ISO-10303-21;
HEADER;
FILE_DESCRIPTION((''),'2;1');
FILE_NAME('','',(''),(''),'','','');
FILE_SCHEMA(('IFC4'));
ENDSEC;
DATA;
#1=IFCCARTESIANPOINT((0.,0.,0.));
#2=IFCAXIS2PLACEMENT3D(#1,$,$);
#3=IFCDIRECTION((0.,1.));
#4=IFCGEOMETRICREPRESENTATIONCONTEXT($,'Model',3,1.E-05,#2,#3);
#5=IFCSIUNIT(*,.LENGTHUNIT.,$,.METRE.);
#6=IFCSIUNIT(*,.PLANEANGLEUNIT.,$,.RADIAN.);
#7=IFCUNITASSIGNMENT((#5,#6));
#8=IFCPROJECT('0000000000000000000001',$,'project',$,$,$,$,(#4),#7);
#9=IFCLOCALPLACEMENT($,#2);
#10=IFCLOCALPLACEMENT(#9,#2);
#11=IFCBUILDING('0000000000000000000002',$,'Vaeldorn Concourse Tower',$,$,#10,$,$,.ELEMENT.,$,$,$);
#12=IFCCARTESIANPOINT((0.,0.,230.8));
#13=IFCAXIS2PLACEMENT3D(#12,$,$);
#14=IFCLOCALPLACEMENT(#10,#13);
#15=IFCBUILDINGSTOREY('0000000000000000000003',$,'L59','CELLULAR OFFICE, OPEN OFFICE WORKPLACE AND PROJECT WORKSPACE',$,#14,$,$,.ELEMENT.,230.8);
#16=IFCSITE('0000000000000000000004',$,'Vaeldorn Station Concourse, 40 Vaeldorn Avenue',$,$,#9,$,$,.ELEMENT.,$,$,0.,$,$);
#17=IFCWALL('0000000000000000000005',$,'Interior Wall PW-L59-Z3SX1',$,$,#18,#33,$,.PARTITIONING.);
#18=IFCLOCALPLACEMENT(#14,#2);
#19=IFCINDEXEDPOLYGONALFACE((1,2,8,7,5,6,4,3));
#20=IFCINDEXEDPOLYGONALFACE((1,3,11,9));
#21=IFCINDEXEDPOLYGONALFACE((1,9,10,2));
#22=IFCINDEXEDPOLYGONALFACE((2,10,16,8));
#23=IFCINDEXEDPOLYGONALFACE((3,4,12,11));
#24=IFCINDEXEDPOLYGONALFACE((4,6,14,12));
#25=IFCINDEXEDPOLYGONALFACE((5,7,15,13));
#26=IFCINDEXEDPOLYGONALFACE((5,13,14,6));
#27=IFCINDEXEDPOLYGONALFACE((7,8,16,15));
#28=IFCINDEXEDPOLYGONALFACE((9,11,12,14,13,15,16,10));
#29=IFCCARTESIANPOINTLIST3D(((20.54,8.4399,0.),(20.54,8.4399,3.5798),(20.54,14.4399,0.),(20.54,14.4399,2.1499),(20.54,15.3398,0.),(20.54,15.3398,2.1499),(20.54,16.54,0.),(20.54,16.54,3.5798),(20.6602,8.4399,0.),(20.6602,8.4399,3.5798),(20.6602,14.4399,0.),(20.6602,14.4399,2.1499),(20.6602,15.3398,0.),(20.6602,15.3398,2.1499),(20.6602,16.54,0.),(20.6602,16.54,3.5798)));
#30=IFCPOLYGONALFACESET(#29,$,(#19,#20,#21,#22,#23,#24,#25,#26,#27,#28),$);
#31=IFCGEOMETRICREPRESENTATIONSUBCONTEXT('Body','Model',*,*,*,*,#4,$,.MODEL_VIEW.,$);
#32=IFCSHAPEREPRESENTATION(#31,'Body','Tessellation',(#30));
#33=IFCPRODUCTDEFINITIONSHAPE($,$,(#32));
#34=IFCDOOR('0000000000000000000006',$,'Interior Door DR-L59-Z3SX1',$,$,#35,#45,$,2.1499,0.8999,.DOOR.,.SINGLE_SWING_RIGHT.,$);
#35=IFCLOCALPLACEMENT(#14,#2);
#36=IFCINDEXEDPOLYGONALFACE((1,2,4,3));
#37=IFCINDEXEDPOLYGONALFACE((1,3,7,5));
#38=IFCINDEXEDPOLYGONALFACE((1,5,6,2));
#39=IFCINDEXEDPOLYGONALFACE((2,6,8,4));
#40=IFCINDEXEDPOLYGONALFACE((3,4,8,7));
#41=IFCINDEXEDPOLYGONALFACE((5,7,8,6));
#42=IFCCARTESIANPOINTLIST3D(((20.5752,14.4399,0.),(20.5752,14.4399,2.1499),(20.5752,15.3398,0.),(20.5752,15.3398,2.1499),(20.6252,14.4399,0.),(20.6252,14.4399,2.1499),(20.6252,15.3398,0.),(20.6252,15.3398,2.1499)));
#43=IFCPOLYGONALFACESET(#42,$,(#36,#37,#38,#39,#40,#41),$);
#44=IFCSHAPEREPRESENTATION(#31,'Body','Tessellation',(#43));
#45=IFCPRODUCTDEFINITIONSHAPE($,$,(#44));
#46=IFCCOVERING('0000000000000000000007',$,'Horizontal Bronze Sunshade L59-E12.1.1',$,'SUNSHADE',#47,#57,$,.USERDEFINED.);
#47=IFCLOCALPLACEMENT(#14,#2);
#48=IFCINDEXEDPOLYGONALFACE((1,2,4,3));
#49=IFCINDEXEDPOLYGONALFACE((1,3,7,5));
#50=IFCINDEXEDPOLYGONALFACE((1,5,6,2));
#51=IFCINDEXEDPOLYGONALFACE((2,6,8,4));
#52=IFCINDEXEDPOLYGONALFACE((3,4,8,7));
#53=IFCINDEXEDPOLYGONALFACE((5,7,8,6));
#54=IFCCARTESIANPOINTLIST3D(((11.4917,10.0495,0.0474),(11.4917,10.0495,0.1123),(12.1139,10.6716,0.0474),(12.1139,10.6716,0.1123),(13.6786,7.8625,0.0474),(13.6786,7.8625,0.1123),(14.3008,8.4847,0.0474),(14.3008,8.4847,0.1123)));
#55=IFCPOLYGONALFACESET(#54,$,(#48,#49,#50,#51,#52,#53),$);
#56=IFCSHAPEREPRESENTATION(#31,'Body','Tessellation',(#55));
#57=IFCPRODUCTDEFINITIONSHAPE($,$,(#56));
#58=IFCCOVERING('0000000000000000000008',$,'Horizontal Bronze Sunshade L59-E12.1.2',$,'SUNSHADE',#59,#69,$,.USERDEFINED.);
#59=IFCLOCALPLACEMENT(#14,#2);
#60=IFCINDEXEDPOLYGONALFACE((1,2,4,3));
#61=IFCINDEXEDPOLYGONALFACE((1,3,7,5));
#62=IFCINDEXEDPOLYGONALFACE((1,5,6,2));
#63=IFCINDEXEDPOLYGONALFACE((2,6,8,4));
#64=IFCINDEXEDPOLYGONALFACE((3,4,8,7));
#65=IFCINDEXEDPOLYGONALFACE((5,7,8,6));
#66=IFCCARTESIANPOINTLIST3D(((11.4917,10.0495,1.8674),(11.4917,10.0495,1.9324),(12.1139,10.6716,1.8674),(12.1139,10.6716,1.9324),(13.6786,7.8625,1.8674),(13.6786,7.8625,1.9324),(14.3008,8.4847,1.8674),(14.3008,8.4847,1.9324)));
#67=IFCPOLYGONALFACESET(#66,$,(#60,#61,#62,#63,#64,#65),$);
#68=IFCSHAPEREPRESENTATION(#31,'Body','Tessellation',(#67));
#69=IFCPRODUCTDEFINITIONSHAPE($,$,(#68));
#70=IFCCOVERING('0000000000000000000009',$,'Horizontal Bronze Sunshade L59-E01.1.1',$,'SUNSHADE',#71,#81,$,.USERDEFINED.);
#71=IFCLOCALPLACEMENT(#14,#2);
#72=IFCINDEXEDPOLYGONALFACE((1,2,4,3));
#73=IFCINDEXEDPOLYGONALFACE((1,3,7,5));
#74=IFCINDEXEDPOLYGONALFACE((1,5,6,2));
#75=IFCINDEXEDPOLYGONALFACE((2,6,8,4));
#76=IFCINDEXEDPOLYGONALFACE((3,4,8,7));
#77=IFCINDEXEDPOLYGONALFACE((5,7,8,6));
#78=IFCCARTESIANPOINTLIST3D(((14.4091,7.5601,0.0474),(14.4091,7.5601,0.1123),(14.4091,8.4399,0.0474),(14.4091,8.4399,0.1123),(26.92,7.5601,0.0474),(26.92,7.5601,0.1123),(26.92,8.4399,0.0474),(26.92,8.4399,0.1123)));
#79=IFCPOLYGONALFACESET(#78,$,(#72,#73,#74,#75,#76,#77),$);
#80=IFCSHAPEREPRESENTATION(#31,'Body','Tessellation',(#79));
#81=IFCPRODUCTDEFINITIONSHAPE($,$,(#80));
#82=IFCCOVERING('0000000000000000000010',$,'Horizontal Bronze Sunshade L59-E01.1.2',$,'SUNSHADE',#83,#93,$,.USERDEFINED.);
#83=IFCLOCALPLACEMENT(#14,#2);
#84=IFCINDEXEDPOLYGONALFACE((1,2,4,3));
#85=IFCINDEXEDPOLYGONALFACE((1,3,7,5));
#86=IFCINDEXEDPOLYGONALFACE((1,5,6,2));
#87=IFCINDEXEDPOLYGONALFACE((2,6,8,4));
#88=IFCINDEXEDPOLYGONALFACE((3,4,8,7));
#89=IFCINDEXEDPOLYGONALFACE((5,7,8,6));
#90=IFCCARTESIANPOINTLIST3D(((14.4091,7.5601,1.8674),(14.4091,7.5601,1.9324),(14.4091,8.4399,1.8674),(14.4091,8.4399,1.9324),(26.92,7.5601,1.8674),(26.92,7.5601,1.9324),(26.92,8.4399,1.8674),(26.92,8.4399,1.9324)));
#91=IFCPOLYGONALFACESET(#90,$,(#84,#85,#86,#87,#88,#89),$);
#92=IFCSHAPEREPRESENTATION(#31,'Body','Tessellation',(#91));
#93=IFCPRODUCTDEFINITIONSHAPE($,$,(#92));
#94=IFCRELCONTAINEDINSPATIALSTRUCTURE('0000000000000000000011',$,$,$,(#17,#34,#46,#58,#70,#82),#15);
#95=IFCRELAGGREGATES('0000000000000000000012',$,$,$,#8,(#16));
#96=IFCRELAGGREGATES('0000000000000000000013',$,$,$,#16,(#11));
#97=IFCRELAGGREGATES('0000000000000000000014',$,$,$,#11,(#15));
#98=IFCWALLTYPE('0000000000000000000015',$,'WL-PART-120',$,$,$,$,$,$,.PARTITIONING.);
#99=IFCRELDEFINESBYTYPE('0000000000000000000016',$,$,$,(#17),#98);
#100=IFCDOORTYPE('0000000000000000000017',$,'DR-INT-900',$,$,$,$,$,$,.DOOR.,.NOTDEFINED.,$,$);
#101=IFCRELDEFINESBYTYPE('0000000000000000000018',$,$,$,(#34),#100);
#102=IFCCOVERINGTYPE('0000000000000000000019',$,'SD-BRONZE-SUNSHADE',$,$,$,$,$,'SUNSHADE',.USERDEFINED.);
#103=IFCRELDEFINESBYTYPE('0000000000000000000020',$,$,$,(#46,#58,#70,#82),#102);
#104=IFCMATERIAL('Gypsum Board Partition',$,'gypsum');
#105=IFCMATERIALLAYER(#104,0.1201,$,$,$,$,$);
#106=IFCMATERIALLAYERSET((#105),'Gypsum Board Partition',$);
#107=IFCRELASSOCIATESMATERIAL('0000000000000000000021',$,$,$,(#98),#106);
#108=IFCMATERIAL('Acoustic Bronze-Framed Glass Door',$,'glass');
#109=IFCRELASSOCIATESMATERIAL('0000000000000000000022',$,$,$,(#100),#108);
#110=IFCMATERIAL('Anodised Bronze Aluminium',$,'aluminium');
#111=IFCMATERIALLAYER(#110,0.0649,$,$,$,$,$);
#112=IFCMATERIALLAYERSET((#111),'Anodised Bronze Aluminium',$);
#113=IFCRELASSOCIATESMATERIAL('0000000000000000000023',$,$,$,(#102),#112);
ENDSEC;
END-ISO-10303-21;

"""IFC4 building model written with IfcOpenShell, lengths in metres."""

from ifc_helpers import new_model, si_unit, direction, frame, frame_2d, origin, origin_2d, place, context, subcontext, project, spatial, rectangle, extrude, source, transform, mapped, material, layer, layer_set, type_object, element, fill, save


model = new_model("IFC4")

# Units and contexts
model_context = context("Model", 3, precision=1e-05, world=origin(), true_north=direction((0.0, 1.0)))
body_context = subcontext(model_context, "Body", "Model", "MODEL_VIEW")
ifc_project = project(units=[si_unit("LENGTHUNIT", "METRE"), si_unit("PLANEANGLEUNIT", "RADIAN")], contexts=[model_context])

# Site, building, storey
site_placement = place(None, origin())
site = spatial("IfcSite", under=ifc_project, at=site_placement, Name="Vaeldorn Station Concourse, 40 Vaeldorn Avenue", CompositionType="ELEMENT", RefElevation=0.0)
building_placement = place(site_placement, origin())
building = spatial("IfcBuilding", under=site, at=building_placement, Name="Vaeldorn Concourse Tower", CompositionType="ELEMENT")
storey_placement = place(building_placement, frame((0.0, 0.0, 230.8)))
storey = spatial("IfcBuildingStorey", under=building, at=storey_placement, Name="L59", Description="CELLULAR OFFICE, OPEN OFFICE WORKPLACE AND PROJECT WORKSPACE", CompositionType="ELEMENT", Elevation=230.8)

# Shared definitions
ifc_material_1 = material(Name="Anodised Bronze Aluminium", Category="aluminium")

# Wall, opening, door
ifc_material_2 = material(Name="Gypsum Board Partition", Category="gypsum")
ifc_layer_1 = layer(ifc_material_2, 0.1201)
ifc_layer_set_1 = layer_set([ifc_layer_1], Name="Gypsum Board Partition")
wall_type = type_object("IfcWallType", Name="WL-PART-120", PredefinedType="PARTITIONING", material=ifc_layer_set_1)
wall_placement = place(storey_placement, frame((20.6001, 8.4399, 0.0), z_axis=(0.0, 0.0, 1.0), x_axis=(0.0, 1.0, 0.0)))
wall = element("IfcWall", 1, at=wall_placement, inside=storey, type_object=wall_type, Name="Interior Wall PW-L59-Z3SX1", PredefinedType="PARTITIONING", context=body_context, shape_type="SweptSolid", body=[
    extrude(rectangle(XDim=8.1001, YDim=0.1201, at=frame_2d((4.05, 0.0))), origin(), (0.0, 0.0, 1.0), 3.5798),
])
opening_placement = place(wall_placement, frame((6.0, 0.0, 0.0)))
opening = element("IfcOpeningElement", 2, at=opening_placement, cuts=wall, PredefinedType="OPENING", context=body_context, shape_type="SweptSolid", body=[
    extrude(rectangle(XDim=0.8999, YDim=2.1499, at=frame_2d((0.45, 1.075))), frame((0.0, 0.0701, 0.0), z_axis=(0.0, -1.0, 0.0), x_axis=(1.0, 0.0, 0.0)), (0.0, 0.0, 1.0), 0.1401),
])
ifc_material_3 = material(Name="Acoustic Bronze-Framed Glass Door", Category="glass")
door_type = type_object("IfcDoorType", Name="DR-INT-900", OperationType="NOTDEFINED", PredefinedType="DOOR", material=ifc_material_3)
shared_shape_1 = source(origin(), body_context, "Body", "SweptSolid", [
    extrude(rectangle(XDim=0.8999, YDim=2.1499, at=frame_2d((0.45, 1.075))), frame((0.0, 0.0249, 0.0), z_axis=(0.0, -1.0, 0.0), x_axis=(1.0, 0.0, 0.0)), (0.0, 0.0, 1.0), 0.05),
])
door_placement = place(opening_placement, origin())
door = element("IfcDoor", 3, at=door_placement, inside=storey, type_object=door_type, Name="Interior Door DR-L59-Z3SX1", OperationType="SINGLE_SWING_RIGHT", OverallHeight=2.1499, OverallWidth=0.8999, PredefinedType="DOOR", context=body_context, shape_type="MappedRepresentation", body=[
    mapped(shared_shape_1, transform((0.0, 0.0, 0.0), scale=1.0)),
])
fill(opening, door)

# Coverings
ifc_layer_2 = layer(ifc_material_1, 0.0649)
ifc_layer_set_2 = layer_set([ifc_layer_2], Name="Anodised Bronze Aluminium")
covering_type = type_object("IfcCoveringType", Name="SD-BRONZE-SUNSHADE", ElementType="SUNSHADE", PredefinedType="USERDEFINED", material=ifc_layer_set_2)
shared_shape_2 = source(origin(), body_context, "Body", "SweptSolid", [
    extrude(rectangle(XDim=3.0928, YDim=0.8799, at=origin_2d()), origin(), (0.0, 0.0, 1.0), 0.0649),
])
for number, where, z_axis, x_axis, name in (
    (4, (12.8962, 9.2671, 0.0474), (0.0, 0.0, 1.0), (0.707107, -0.707107, 0.0), "Horizontal Bronze Sunshade L59-E12.1.1"),
    (5, (12.8962, 9.2671, 1.8674), (0.0, 0.0, 1.0), (0.707107, -0.707107, 0.0), "Horizontal Bronze Sunshade L59-E12.1.2"),
):
    element("IfcCovering", number, at=place(storey_placement, frame(where, z_axis=z_axis, x_axis=x_axis)), inside=storey, type_object=covering_type, Name=name, ObjectType="SUNSHADE", PredefinedType="USERDEFINED", context=body_context, shape_type="MappedRepresentation", body=[
        mapped(shared_shape_2, transform((0.0, 0.0, 0.0), scale=1.0)),
    ])
shared_shape_3 = source(origin(), body_context, "Body", "SweptSolid", [
    extrude(rectangle(XDim=12.511, YDim=0.8799, at=origin_2d()), origin(), (0.0, 0.0, 1.0), 0.0649),
])
for number, where, z_axis, x_axis, name in (
    (6, (20.6646, 8.0, 0.0474), (0.0, 0.0, 1.0), (1.0, 0.0, 0.0), "Horizontal Bronze Sunshade L59-E01.1.1"),
    (7, (20.6646, 8.0, 1.8674), (0.0, 0.0, 1.0), (1.0, 0.0, 0.0), "Horizontal Bronze Sunshade L59-E01.1.2"),
):
    element("IfcCovering", number, at=place(storey_placement, frame(where, z_axis=z_axis, x_axis=x_axis)), inside=storey, type_object=covering_type, Name=name, ObjectType="SUNSHADE", PredefinedType="USERDEFINED", context=body_context, shape_type="MappedRepresentation", body=[
        mapped(shared_shape_3, transform((0.0, 0.0, 0.0), scale=1.0)),
    ])

save(model, "model.ifc")
